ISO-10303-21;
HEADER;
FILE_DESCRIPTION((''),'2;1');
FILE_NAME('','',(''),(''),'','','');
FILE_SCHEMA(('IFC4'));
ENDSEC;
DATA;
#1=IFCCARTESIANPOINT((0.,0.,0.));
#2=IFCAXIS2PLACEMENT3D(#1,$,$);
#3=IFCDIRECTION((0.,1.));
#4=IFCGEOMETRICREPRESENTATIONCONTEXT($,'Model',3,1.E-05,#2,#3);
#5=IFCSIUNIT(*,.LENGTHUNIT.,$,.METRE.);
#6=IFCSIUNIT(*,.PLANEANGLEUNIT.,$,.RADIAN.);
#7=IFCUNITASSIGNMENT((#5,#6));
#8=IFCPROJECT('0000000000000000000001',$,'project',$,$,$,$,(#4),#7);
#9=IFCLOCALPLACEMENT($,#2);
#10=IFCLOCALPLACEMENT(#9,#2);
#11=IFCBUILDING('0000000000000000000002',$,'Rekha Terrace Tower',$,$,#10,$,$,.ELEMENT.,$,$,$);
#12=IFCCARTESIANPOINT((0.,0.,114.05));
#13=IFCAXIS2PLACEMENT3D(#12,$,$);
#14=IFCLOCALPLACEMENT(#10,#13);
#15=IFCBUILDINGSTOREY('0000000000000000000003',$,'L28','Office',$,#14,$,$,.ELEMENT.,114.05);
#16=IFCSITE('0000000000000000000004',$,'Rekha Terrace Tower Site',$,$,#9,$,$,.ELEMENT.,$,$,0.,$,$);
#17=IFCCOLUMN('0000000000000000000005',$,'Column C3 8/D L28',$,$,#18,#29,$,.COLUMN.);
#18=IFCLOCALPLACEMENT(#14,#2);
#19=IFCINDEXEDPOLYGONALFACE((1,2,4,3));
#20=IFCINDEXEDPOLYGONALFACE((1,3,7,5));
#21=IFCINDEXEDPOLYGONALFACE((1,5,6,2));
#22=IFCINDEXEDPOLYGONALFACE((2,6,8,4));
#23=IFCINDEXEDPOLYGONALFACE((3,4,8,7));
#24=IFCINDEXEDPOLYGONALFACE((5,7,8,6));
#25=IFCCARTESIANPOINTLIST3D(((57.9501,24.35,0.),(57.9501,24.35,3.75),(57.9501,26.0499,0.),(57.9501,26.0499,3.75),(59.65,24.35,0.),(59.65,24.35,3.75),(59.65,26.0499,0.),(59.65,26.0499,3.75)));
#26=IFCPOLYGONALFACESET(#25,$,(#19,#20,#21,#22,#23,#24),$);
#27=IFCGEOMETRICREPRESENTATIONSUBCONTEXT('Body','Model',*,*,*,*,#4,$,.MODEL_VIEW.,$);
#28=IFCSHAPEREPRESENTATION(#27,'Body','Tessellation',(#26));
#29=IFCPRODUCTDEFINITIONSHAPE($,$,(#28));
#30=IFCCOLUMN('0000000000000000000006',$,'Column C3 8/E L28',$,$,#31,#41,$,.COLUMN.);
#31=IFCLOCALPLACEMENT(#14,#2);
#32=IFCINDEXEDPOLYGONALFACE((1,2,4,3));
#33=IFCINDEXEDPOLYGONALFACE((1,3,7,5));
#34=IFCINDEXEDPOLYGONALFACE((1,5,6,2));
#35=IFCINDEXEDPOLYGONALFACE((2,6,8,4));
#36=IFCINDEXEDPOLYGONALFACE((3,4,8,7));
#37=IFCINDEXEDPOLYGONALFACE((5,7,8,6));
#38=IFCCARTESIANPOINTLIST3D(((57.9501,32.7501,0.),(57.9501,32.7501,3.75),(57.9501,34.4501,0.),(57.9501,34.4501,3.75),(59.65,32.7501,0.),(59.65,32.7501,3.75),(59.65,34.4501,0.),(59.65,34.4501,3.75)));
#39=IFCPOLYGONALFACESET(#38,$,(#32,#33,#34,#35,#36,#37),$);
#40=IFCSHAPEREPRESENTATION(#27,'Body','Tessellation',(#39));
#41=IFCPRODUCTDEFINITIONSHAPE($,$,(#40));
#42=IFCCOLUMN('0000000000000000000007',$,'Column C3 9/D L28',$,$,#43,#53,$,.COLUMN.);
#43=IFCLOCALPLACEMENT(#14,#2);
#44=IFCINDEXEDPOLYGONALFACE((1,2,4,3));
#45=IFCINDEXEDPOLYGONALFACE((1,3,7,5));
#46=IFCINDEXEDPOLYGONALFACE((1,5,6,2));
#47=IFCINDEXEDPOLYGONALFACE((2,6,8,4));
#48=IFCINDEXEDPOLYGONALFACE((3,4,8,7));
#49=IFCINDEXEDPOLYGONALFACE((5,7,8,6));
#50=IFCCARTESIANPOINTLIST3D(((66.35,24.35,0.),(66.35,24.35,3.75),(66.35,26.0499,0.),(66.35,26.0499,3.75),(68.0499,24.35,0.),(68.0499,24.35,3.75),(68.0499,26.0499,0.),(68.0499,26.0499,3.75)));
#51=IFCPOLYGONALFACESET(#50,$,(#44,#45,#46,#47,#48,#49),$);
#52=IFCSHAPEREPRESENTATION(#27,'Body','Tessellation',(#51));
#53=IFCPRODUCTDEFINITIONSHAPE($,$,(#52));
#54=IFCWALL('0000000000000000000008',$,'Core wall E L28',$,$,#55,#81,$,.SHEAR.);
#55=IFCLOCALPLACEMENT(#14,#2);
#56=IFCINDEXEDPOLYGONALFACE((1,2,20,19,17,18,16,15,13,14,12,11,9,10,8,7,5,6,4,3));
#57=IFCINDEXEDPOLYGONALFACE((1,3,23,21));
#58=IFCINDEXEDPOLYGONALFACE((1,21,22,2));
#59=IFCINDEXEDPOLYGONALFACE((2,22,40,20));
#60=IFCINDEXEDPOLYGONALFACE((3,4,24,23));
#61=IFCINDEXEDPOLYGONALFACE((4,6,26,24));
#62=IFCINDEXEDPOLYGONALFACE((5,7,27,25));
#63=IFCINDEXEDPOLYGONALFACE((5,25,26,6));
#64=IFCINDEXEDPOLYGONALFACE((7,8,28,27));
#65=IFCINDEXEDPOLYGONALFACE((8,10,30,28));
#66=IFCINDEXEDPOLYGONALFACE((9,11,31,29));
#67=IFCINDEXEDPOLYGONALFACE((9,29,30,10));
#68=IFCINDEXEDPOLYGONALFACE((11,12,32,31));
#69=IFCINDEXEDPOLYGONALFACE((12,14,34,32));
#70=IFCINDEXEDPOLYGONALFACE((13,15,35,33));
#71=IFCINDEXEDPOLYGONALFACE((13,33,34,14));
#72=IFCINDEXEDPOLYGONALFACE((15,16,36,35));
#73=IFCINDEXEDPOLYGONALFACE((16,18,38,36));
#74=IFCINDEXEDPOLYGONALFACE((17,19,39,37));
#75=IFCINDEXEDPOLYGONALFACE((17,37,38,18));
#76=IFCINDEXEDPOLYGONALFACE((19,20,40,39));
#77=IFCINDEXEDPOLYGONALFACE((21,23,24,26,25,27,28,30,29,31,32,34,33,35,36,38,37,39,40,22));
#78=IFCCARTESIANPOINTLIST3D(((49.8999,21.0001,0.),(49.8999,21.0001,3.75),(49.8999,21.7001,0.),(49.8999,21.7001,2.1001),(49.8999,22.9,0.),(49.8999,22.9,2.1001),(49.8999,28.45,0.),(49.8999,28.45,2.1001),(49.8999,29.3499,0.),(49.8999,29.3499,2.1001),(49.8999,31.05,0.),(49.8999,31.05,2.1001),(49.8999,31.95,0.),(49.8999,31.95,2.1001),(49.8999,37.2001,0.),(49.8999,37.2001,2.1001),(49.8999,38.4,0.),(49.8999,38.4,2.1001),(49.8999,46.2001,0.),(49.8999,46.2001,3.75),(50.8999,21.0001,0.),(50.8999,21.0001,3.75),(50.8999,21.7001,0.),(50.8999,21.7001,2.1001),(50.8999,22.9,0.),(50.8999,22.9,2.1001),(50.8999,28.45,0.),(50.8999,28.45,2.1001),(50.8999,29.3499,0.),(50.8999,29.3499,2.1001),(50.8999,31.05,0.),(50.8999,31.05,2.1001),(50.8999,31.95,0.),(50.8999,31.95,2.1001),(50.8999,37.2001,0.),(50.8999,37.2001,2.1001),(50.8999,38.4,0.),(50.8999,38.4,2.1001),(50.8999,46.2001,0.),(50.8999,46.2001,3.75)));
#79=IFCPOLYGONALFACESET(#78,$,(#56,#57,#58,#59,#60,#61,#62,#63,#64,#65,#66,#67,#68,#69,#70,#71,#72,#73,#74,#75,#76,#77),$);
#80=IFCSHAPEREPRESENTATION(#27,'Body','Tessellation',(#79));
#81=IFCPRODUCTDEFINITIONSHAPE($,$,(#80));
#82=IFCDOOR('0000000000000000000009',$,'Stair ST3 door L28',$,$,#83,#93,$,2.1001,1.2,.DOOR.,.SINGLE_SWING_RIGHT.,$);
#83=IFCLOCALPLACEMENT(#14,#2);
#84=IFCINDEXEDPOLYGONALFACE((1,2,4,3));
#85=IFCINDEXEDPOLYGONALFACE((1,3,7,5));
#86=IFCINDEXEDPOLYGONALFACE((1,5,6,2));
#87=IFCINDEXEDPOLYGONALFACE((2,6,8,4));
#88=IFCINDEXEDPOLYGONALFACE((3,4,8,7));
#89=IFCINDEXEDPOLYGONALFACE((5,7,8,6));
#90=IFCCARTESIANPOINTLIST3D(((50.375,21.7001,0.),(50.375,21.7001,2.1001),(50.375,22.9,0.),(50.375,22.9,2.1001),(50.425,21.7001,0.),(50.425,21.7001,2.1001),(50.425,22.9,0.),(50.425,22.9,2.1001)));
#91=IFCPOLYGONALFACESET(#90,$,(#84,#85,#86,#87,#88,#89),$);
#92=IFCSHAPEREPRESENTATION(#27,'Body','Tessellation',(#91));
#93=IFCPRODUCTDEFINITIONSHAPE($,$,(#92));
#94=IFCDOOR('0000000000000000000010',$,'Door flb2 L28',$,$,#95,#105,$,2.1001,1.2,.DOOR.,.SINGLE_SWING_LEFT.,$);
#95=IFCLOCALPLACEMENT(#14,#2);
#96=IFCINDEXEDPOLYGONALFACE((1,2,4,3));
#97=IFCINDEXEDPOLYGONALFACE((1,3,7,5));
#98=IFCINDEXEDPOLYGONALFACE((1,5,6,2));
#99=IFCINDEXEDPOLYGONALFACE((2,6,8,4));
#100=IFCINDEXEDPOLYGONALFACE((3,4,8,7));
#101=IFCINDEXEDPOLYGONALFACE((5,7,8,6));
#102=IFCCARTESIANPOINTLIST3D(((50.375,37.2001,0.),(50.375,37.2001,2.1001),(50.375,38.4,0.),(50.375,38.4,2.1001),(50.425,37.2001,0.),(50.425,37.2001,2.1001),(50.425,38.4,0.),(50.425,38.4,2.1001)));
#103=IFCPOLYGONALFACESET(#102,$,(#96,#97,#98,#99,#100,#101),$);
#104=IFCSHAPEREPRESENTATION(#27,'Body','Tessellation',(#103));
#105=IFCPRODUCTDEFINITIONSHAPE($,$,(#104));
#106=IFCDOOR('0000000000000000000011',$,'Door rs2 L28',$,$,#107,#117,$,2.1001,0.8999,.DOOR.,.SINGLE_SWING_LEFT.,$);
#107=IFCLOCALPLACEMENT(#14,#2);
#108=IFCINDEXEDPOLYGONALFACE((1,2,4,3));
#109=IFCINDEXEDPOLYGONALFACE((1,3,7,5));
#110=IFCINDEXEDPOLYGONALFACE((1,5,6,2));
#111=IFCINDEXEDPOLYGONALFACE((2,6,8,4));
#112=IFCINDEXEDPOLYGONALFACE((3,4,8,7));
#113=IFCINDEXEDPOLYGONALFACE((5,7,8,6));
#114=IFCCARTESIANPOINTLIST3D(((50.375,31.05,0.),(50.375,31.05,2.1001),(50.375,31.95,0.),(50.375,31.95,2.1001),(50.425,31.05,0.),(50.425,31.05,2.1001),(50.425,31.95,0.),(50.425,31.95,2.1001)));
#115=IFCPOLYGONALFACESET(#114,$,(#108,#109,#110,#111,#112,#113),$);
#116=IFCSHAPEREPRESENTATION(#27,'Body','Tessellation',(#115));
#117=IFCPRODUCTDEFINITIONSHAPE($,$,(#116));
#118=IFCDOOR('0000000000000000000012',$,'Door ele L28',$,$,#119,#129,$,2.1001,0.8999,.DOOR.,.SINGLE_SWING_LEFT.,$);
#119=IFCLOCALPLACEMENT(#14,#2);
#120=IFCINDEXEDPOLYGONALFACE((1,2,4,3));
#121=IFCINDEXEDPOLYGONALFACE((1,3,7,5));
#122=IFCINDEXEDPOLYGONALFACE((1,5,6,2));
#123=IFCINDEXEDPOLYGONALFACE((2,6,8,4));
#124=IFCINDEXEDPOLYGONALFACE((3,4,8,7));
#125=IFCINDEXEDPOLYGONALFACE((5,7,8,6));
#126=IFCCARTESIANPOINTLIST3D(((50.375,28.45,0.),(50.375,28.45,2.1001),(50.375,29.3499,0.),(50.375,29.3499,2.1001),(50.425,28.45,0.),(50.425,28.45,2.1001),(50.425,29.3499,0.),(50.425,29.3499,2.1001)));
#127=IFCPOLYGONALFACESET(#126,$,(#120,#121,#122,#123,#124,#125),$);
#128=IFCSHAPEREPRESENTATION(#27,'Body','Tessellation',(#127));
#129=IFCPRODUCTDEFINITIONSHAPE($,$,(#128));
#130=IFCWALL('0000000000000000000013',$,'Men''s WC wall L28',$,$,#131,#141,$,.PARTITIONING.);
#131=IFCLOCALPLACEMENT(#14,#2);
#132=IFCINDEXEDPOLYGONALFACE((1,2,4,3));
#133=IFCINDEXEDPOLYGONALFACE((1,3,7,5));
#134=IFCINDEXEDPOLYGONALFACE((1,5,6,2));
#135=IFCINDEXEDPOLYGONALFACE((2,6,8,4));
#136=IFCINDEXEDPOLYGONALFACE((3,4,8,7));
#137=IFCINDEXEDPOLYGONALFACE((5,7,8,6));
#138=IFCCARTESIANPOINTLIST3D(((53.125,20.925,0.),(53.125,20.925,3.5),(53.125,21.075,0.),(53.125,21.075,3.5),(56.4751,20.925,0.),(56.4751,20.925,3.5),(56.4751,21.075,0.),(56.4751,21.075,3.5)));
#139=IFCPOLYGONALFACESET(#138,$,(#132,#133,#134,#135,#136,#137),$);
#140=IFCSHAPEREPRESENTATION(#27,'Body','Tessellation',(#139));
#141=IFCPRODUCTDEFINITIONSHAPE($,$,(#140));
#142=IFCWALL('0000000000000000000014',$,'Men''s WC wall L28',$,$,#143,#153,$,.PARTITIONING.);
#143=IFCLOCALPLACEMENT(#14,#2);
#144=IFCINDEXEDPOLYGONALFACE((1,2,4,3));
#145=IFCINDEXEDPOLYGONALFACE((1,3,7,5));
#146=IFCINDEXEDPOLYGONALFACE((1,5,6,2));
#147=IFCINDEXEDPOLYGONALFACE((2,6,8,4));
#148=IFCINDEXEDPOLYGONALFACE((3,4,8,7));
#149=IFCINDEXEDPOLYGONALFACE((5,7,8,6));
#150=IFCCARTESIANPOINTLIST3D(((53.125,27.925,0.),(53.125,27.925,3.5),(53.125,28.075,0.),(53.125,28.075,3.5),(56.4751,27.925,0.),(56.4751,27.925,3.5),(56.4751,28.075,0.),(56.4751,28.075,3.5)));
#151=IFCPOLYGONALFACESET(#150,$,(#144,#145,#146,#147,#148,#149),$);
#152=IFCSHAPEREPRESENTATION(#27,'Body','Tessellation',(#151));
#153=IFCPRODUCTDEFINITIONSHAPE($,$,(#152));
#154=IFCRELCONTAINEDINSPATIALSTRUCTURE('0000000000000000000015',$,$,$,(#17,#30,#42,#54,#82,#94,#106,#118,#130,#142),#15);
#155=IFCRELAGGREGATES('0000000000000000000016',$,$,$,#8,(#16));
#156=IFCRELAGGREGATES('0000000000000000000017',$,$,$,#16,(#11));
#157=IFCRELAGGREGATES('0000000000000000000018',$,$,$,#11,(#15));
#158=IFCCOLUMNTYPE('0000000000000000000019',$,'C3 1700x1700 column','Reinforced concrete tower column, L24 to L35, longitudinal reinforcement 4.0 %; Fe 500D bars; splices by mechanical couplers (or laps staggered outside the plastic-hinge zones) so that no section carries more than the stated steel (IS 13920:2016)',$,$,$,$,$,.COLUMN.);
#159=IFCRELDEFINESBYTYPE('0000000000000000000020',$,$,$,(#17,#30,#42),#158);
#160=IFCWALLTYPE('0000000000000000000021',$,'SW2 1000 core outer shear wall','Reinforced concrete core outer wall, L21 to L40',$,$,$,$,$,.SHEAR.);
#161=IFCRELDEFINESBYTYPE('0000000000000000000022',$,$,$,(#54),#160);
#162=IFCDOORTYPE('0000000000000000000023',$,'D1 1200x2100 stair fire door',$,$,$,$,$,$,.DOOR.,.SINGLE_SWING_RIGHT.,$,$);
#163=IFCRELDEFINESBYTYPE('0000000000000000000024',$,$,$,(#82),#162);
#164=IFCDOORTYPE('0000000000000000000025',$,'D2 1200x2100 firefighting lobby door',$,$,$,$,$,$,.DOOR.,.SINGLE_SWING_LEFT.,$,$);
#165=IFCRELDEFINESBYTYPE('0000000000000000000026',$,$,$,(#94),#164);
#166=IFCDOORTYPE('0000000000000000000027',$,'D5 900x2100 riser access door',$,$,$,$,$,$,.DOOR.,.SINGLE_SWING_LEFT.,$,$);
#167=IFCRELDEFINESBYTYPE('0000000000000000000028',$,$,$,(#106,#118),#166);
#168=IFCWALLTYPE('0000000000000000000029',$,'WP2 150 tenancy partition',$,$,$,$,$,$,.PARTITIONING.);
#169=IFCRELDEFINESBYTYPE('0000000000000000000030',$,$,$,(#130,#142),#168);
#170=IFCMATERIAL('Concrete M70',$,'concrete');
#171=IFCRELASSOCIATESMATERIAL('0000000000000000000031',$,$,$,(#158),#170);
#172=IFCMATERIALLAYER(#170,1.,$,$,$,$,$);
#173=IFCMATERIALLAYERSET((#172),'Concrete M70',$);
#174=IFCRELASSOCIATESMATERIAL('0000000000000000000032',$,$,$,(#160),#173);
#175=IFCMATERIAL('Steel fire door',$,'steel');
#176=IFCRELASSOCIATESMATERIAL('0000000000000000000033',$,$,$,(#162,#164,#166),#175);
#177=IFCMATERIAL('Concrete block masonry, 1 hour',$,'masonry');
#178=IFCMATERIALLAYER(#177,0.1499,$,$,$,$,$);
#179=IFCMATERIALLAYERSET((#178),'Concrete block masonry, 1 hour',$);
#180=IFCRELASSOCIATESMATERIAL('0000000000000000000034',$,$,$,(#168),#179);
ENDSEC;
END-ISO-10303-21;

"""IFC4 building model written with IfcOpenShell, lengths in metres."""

from ifc_helpers import new_model, si_unit, direction, frame, frame_2d, origin, origin_2d, place, context, subcontext, project, spatial, rectangle, extrude, material, layer, layer_set, material_profile, profile_set, type_object, element, fill, save


model = new_model("IFC4")

# Units and contexts
model_context = context("Model", 3, precision=1e-05, world=origin(), true_north=direction((0.0, 1.0)))
body_context = subcontext(model_context, "Body", "Model", "MODEL_VIEW")
ifc_project = project(units=[si_unit("LENGTHUNIT", "METRE"), si_unit("PLANEANGLEUNIT", "RADIAN")], contexts=[model_context])

# Site, building, storey
site_placement = place(None, origin())
site = spatial("IfcSite", under=ifc_project, at=site_placement, Name="Rekha Terrace Tower Site", CompositionType="ELEMENT", RefElevation=0.0)
building_placement = place(site_placement, origin())
building = spatial("IfcBuilding", under=site, at=building_placement, Name="Rekha Terrace Tower", CompositionType="ELEMENT")
storey_placement = place(building_placement, frame((0.0, 0.0, 114.05)))
storey = spatial("IfcBuildingStorey", under=building, at=storey_placement, Name="L28", Description="Office", CompositionType="ELEMENT", Elevation=114.05)

# Columns
ifc_material_1 = material(Name="Concrete M70", Category="concrete")
ifc_material_profile = material_profile(ifc_material_1, rectangle(XDim=1.7, YDim=1.7, at=origin_2d()), Name="RC 1700x1700")
ifc_profile_set = profile_set([ifc_material_profile], Name="Concrete M70")
column_type = type_object("IfcColumnType", Name="C3 1700x1700 column", Description="Reinforced concrete tower column, L24 to L35, longitudinal reinforcement 4.0 %; Fe 500D bars; splices by mechanical couplers (or laps staggered outside the plastic-hinge zones) so that no section carries more than the stated steel (IS 13920:2016)", PredefinedType="COLUMN", material=ifc_profile_set)
for number, where, z_axis, x_axis, name in (
    (1, (58.8, 25.2, 0.0), (0.0, 0.0, 1.0), (1.0, 0.0, 0.0), "Column C3 8/D L28"),
    (2, (58.8, 33.6001, 0.0), (0.0, 0.0, 1.0), (1.0, 0.0, 0.0), "Column C3 8/E L28"),
    (3, (67.2, 25.2, 0.0), (0.0, 0.0, 1.0), (1.0, 0.0, 0.0), "Column C3 9/D L28"),
):
    element("IfcColumn", number, at=place(storey_placement, frame(where, z_axis=z_axis, x_axis=x_axis)), inside=storey, type_object=column_type, Name=name, PredefinedType="COLUMN", context=body_context, shape_type="SweptSolid", body=[
        extrude(rectangle(XDim=1.7, YDim=1.7, at=origin_2d()), origin(), (0.0, 0.0, 1.0), 3.75),
    ])

# Wall, openings, doors
ifc_layer_1 = layer(ifc_material_1, 1.0)
ifc_layer_set_1 = layer_set([ifc_layer_1], Name="Concrete M70")
wall_type_1 = type_object("IfcWallType", Name="SW2 1000 core outer shear wall", Description="Reinforced concrete core outer wall, L21 to L40", PredefinedType="SHEAR", material=ifc_layer_set_1)
wall_1_placement = place(storey_placement, frame((50.3999, 21.0, 0.0), z_axis=(0.0, 0.0, 1.0), x_axis=(0.0, 1.0, 0.0)))
wall_1 = element("IfcWall", 4, at=wall_1_placement, inside=storey, type_object=wall_type_1, Name="Core wall E L28", PredefinedType="SHEAR", context=body_context, shape_type="SweptSolid", body=[
    extrude(rectangle(XDim=25.2, YDim=1.0, at=frame_2d((12.6001, 0.0))), origin(), (0.0, 0.0, 1.0), 3.75),
])
opening_1_placement = place(wall_1_placement, frame((16.2, 0.0, 0.0)))
opening_1 = element("IfcOpeningElement", 5, at=opening_1_placement, cuts=wall_1, PredefinedType="OPENING", context=body_context, shape_type="SweptSolid", body=[
    extrude(rectangle(XDim=1.2, YDim=2.1001, at=frame_2d((0.6001, 1.05))), frame((0.0, 0.51, 0.0), z_axis=(0.0, -1.0, 0.0), x_axis=(1.0, 0.0, 0.0)), (0.0, 0.0, 1.0), 1.02),
])
opening_2_placement = place(wall_1_placement, frame((10.05, 0.0, 0.0)))
opening_2 = element("IfcOpeningElement", 6, at=opening_2_placement, cuts=wall_1, PredefinedType="OPENING", context=body_context, shape_type="SweptSolid", body=[
    extrude(rectangle(XDim=0.8999, YDim=2.1001, at=frame_2d((0.45, 1.05))), frame((0.0, 0.51, 0.0), z_axis=(0.0, -1.0, 0.0), x_axis=(1.0, 0.0, 0.0)), (0.0, 0.0, 1.0), 1.02),
])
opening_3_placement = place(wall_1_placement, frame((7.45, 0.0, 0.0)))
opening_3 = element("IfcOpeningElement", 7, at=opening_3_placement, cuts=wall_1, PredefinedType="OPENING", context=body_context, shape_type="SweptSolid", body=[
    extrude(rectangle(XDim=0.8999, YDim=2.1001, at=frame_2d((0.45, 1.05))), frame((0.0, 0.51, 0.0), z_axis=(0.0, -1.0, 0.0), x_axis=(1.0, 0.0, 0.0)), (0.0, 0.0, 1.0), 1.02),
])
opening_4_placement = place(wall_1_placement, frame((0.7, 0.0, 0.0)))
opening_4 = element("IfcOpeningElement", 8, at=opening_4_placement, cuts=wall_1, PredefinedType="OPENING", context=body_context, shape_type="SweptSolid", body=[
    extrude(rectangle(XDim=1.2, YDim=2.1001, at=frame_2d((0.6001, 1.05))), frame((0.0, 0.51, 0.0), z_axis=(0.0, -1.0, 0.0), x_axis=(1.0, 0.0, 0.0)), (0.0, 0.0, 1.0), 1.02),
])
ifc_material_2 = material(Name="Steel fire door", Category="steel")
door_type_1 = type_object("IfcDoorType", Name="D1 1200x2100 stair fire door", OperationType="SINGLE_SWING_RIGHT", PredefinedType="DOOR", material=ifc_material_2)
door_1_placement = place(opening_4_placement, origin())
door_1 = element("IfcDoor", 9, at=door_1_placement, inside=storey, type_object=door_type_1, Name="Stair ST3 door L28", OperationType="SINGLE_SWING_RIGHT", OverallHeight=2.1001, OverallWidth=1.2, PredefinedType="DOOR", context=body_context, shape_type="SweptSolid", body=[
    extrude(rectangle(XDim=1.2, YDim=2.1001, at=frame_2d((0.6001, 1.05))), frame((0.0, 0.0249, 0.0), z_axis=(0.0, -1.0, 0.0), x_axis=(1.0, 0.0, 0.0)), (0.0, 0.0, 1.0), 0.05),
])
fill(opening_4, door_1)
door_type_2 = type_object("IfcDoorType", Name="D2 1200x2100 firefighting lobby door", OperationType="SINGLE_SWING_LEFT", PredefinedType="DOOR", material=ifc_material_2)
door_2_placement = place(opening_1_placement, origin())
door_2 = element("IfcDoor", 10, at=door_2_placement, inside=storey, type_object=door_type_2, Name="Door flb2 L28", OperationType="SINGLE_SWING_LEFT", OverallHeight=2.1001, OverallWidth=1.2, PredefinedType="DOOR", context=body_context, shape_type="SweptSolid", body=[
    extrude(rectangle(XDim=1.2, YDim=2.1001, at=frame_2d((0.6001, 1.05))), frame((0.0, 0.0249, 0.0), z_axis=(0.0, -1.0, 0.0), x_axis=(1.0, 0.0, 0.0)), (0.0, 0.0, 1.0), 0.05),
])
fill(opening_1, door_2)
door_type_3 = type_object("IfcDoorType", Name="D5 900x2100 riser access door", OperationType="SINGLE_SWING_LEFT", PredefinedType="DOOR", material=ifc_material_2)
door_3_placement = place(opening_2_placement, origin())
door_3 = element("IfcDoor", 11, at=door_3_placement, inside=storey, type_object=door_type_3, Name="Door rs2 L28", OperationType="SINGLE_SWING_LEFT", OverallHeight=2.1001, OverallWidth=0.8999, PredefinedType="DOOR", context=body_context, shape_type="SweptSolid", body=[
    extrude(rectangle(XDim=0.8999, YDim=2.1001, at=frame_2d((0.45, 1.05))), frame((0.0, 0.0249, 0.0), z_axis=(0.0, -1.0, 0.0), x_axis=(1.0, 0.0, 0.0)), (0.0, 0.0, 1.0), 0.05),
])
fill(opening_2, door_3)
door_4_placement = place(opening_3_placement, origin())
door_4 = element("IfcDoor", 12, at=door_4_placement, inside=storey, type_object=door_type_3, Name="Door ele L28", OperationType="SINGLE_SWING_LEFT", OverallHeight=2.1001, OverallWidth=0.8999, PredefinedType="DOOR", context=body_context, shape_type="SweptSolid", body=[
    extrude(rectangle(XDim=0.8999, YDim=2.1001, at=frame_2d((0.45, 1.05))), frame((0.0, 0.0249, 0.0), z_axis=(0.0, -1.0, 0.0), x_axis=(1.0, 0.0, 0.0)), (0.0, 0.0, 1.0), 0.05),
])
fill(opening_3, door_4)

# Walls
ifc_material_3 = material(Name="Concrete block masonry, 1 hour", Category="masonry")
ifc_layer_2 = layer(ifc_material_3, 0.1499)
ifc_layer_set_2 = layer_set([ifc_layer_2], Name="Concrete block masonry, 1 hour")
wall_type_2 = type_object("IfcWallType", Name="WP2 150 tenancy partition", PredefinedType="PARTITIONING", material=ifc_layer_set_2)
for number, where, z_axis, x_axis, name in (
    (13, (53.125, 21.0, 0.0), (0.0, 0.0, 1.0), (1.0, 0.0, 0.0), "Men's WC wall L28"),
    (14, (53.125, 28.0, 0.0), (0.0, 0.0, 1.0), (1.0, 0.0, 0.0), "Men's WC wall L28"),
):
    element("IfcWall", number, at=place(storey_placement, frame(where, z_axis=z_axis, x_axis=x_axis)), inside=storey, type_object=wall_type_2, Name=name, PredefinedType="PARTITIONING", context=body_context, shape_type="SweptSolid", body=[
        extrude(rectangle(XDim=3.3501, YDim=0.1499, at=frame_2d((1.675, 0.0))), origin(), (0.0, 0.0, 1.0), 3.5),
    ])

save(model, "model.ifc")
